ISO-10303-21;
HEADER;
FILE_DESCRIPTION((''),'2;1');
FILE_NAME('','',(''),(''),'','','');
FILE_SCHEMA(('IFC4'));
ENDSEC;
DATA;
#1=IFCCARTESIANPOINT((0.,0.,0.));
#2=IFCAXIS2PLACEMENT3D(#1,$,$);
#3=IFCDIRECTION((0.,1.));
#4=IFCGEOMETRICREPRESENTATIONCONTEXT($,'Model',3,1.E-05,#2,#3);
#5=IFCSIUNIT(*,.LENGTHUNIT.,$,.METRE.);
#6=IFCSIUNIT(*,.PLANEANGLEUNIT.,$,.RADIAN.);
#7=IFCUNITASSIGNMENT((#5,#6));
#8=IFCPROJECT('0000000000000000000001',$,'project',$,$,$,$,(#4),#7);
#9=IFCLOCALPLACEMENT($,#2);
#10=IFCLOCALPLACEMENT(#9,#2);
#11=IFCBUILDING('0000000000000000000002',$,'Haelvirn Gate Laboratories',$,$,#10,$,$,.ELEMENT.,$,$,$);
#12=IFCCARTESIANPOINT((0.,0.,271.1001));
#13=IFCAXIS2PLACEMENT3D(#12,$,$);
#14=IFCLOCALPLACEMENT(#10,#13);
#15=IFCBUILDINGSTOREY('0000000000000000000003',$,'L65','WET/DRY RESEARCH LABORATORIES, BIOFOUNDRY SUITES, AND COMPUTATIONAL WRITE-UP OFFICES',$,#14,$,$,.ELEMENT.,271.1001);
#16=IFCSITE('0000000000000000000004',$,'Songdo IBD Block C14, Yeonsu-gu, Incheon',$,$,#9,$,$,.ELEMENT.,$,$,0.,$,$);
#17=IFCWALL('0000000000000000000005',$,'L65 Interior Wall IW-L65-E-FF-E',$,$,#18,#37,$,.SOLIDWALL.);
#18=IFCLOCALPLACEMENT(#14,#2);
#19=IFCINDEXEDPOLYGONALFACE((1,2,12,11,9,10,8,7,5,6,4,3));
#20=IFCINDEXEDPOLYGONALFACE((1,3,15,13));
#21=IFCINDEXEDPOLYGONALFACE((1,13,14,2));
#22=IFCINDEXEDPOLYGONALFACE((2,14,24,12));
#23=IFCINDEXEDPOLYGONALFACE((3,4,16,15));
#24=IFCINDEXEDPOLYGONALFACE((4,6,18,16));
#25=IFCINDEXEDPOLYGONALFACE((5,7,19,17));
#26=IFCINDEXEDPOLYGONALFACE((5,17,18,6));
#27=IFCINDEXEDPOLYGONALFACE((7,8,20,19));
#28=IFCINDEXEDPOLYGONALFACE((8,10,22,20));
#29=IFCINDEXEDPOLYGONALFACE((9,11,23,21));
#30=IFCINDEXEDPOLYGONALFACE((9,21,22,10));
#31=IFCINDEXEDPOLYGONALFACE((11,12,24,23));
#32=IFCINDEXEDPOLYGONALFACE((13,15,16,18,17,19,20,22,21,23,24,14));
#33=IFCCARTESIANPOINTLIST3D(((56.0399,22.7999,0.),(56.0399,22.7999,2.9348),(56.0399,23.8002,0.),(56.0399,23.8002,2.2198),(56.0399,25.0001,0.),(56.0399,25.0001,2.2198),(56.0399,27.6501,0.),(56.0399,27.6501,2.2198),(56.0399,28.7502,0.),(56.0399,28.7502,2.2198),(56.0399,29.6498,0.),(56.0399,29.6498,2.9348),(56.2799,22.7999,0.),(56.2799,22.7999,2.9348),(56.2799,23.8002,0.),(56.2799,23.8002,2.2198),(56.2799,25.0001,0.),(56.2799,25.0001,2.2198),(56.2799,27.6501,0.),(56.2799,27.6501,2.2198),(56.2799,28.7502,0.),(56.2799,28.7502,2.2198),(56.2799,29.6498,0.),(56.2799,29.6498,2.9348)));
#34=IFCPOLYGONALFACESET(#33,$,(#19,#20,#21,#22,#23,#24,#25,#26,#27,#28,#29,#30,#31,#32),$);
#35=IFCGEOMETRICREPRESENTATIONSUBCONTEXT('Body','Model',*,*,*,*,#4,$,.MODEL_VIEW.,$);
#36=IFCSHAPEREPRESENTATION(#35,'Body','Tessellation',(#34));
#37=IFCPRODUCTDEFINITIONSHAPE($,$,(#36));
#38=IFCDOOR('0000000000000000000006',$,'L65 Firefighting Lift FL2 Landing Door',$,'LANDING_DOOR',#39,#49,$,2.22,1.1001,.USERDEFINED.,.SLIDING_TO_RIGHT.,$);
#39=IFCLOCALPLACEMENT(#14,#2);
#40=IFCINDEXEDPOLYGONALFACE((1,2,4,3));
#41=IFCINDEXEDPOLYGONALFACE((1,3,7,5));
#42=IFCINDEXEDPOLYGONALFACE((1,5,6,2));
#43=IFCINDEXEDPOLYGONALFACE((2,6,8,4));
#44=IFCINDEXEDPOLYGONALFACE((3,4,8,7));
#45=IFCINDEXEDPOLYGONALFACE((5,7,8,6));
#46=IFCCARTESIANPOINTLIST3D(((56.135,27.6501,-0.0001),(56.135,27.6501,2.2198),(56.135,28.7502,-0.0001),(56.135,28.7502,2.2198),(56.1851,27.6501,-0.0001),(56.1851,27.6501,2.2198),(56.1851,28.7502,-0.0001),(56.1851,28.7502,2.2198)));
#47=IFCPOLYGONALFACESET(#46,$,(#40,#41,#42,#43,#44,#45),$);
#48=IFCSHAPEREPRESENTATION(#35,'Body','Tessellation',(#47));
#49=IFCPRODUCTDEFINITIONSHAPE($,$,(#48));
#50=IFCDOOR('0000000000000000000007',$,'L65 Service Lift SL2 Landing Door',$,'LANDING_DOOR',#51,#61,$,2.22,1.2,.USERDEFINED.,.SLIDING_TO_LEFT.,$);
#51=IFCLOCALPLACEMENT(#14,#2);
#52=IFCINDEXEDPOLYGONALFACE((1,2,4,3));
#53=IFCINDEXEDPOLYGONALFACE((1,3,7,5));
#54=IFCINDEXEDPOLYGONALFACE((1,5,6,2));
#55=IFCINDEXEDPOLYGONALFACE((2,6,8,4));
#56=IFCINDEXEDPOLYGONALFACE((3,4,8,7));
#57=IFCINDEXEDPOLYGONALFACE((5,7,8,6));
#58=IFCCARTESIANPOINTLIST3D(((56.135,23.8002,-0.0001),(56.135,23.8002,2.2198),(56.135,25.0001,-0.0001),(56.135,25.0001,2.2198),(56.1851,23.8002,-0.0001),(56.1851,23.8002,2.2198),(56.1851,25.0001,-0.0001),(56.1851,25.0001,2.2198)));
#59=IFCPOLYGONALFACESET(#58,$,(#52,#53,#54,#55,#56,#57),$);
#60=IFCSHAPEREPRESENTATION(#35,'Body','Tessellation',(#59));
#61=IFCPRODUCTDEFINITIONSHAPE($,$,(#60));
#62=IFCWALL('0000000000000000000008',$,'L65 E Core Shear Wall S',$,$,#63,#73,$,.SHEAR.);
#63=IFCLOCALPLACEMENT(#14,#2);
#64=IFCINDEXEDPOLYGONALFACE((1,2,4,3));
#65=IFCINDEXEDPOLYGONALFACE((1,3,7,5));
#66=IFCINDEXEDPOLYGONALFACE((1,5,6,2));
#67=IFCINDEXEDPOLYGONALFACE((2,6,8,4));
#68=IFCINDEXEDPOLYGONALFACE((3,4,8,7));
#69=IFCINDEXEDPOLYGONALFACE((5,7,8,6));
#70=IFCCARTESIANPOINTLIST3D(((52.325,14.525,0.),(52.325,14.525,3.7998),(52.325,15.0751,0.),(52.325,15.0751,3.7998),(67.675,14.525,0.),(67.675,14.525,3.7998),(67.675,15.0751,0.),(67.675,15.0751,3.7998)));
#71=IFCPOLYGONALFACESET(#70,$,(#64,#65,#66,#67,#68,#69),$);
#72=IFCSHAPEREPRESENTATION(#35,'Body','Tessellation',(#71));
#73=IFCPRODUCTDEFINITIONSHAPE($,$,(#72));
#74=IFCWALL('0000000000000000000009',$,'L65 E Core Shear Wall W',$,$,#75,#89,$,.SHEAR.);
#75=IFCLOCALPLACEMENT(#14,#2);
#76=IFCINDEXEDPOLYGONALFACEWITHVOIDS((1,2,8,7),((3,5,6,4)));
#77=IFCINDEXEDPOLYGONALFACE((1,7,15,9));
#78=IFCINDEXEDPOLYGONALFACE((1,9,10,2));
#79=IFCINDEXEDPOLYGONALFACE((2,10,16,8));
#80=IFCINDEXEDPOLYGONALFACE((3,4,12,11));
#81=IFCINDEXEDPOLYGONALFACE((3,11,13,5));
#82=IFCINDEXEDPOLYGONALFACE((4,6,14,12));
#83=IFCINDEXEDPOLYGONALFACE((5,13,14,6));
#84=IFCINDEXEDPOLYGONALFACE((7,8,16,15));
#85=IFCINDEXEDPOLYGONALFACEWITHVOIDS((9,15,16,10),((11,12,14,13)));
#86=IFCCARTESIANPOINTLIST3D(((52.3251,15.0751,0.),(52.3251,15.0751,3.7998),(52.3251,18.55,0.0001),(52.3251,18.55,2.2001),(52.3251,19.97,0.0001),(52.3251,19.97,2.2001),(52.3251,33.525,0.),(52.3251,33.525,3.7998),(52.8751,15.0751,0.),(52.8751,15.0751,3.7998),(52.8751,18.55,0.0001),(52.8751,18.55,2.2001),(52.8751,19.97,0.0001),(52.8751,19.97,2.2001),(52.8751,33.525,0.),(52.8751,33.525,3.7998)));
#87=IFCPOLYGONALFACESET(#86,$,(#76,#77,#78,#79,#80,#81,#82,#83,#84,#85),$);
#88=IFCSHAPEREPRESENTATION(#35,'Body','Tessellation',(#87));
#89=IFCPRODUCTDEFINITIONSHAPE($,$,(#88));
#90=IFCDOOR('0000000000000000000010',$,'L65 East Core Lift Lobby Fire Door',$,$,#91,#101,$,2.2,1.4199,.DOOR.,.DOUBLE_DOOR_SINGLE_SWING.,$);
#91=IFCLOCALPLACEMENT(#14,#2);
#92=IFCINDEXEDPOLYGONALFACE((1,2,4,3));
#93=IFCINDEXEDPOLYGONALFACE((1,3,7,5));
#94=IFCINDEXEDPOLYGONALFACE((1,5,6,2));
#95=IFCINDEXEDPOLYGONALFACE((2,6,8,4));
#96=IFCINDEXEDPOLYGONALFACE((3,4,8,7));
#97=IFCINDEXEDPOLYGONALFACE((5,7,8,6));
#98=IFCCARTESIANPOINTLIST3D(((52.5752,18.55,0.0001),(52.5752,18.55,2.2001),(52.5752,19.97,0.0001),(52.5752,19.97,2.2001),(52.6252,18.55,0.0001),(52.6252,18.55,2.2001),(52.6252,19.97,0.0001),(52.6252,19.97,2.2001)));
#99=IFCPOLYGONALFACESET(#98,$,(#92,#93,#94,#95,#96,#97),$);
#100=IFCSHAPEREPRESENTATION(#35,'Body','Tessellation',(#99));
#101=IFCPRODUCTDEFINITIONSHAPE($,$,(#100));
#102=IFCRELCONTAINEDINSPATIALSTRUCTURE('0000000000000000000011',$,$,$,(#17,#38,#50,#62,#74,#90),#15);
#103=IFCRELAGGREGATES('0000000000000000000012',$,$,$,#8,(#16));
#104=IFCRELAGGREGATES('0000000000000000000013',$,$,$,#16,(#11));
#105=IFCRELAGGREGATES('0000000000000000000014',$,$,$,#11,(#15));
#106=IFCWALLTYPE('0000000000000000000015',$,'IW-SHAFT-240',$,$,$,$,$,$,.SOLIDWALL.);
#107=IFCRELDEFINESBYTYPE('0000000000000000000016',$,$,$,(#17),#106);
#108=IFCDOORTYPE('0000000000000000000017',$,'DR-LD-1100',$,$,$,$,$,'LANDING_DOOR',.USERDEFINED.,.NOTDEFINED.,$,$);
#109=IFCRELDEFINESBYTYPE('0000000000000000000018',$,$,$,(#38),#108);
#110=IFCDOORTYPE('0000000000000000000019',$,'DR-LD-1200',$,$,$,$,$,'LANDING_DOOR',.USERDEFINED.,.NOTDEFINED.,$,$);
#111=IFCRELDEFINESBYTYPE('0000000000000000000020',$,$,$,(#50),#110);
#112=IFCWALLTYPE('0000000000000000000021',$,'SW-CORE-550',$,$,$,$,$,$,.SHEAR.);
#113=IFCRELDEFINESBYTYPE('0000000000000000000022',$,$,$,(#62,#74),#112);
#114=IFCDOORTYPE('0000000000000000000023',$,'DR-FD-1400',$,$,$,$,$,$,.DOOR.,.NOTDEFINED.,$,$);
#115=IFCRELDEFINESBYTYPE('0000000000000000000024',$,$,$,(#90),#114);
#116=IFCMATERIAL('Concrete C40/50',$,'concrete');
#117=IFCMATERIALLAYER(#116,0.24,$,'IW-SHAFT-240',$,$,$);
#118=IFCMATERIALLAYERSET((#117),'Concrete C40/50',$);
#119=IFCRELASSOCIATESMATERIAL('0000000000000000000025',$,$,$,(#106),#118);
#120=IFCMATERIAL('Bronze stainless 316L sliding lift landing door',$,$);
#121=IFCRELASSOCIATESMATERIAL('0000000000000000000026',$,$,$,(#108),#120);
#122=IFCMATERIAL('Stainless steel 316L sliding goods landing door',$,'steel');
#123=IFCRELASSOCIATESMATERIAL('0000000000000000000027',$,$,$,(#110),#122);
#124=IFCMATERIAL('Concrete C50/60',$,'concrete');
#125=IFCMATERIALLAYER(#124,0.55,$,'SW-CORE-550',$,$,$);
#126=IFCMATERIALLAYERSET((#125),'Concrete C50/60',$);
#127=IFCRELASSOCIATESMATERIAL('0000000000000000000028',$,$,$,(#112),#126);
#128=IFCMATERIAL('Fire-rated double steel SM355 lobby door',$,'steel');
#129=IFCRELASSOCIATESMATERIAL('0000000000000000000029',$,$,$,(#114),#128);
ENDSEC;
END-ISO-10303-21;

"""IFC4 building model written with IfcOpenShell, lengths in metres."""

from ifc_helpers import new_model, si_unit, direction, frame, frame_2d, origin, place, context, subcontext, project, spatial, rectangle, extrude, source, transform, mapped, material, layer, layer_set, type_object, type_shapes, element, fill, save


model = new_model("IFC4")

# Units and contexts
model_context = context("Model", 3, precision=1e-05, world=origin(), true_north=direction((0.0, 1.0)))
body_context = subcontext(model_context, "Body", "Model", "MODEL_VIEW")
ifc_project = project(units=[si_unit("LENGTHUNIT", "METRE"), si_unit("PLANEANGLEUNIT", "RADIAN")], contexts=[model_context])

# Site, building, storey
site_placement = place(None, origin())
site = spatial("IfcSite", under=ifc_project, at=site_placement, Name="Songdo IBD Block C14, Yeonsu-gu, Incheon", CompositionType="ELEMENT", RefElevation=0.0)
building_placement = place(site_placement, origin())
building = spatial("IfcBuilding", under=site, at=building_placement, Name="Haelvirn Gate Laboratories", CompositionType="ELEMENT")
storey_placement = place(building_placement, frame((0.0, 0.0, 271.1001)))
storey = spatial("IfcBuildingStorey", under=building, at=storey_placement, Name="L65", Description="WET/DRY RESEARCH LABORATORIES, BIOFOUNDRY SUITES, AND COMPUTATIONAL WRITE-UP OFFICES", CompositionType="ELEMENT", Elevation=271.1001)

# Shared definitions
ifc_material_1 = material(Name="Concrete C50/60", Category="concrete")

# Shared definitions
ifc_material_2 = material(Name="Concrete C40/50", Category="concrete")

# Wall, openings, doors
ifc_layer_1 = layer(ifc_material_2, 0.24, Name="IW-SHAFT-240")
ifc_layer_set_1 = layer_set([ifc_layer_1], Name="Concrete C40/50")
wall_type_1 = type_object("IfcWallType", Name="IW-SHAFT-240", PredefinedType="SOLIDWALL", material=ifc_layer_set_1)
wall_1_placement = place(storey_placement, frame((56.1599, 22.8, 0.0), z_axis=(0.0, 0.0, 1.0), x_axis=(0.0, 1.0, 0.0)))
wall_1 = element("IfcWall", 1, at=wall_1_placement, inside=storey, type_object=wall_type_1, Name="L65 Interior Wall IW-L65-E-FF-E", PredefinedType="SOLIDWALL", context=body_context, shape_type="SweptSolid", body=[
    extrude(rectangle(XDim=6.8499, YDim=0.24, at=frame_2d((3.4248, 0.0))), origin(), (0.0, 0.0, 1.0), 2.9348),
])
opening_1_placement = place(wall_1_placement, frame((4.8501, 0.0, 0.0)))
opening_1 = element("IfcOpeningElement", 2, at=opening_1_placement, cuts=wall_1, PredefinedType="OPENING", context=body_context, shape_type="SweptSolid", body=[
    extrude(rectangle(XDim=1.1001, YDim=2.22, at=frame_2d((0.55, 1.1099))), frame((0.0, 0.1299, 0.0), z_axis=(0.0, -1.0, 0.0), x_axis=(1.0, 0.0, 0.0)), (0.0, 0.0, 1.0), 0.26),
])
opening_2_placement = place(wall_1_placement, frame((1.0, 0.0, 0.0)))
opening_2 = element("IfcOpeningElement", 3, at=opening_2_placement, cuts=wall_1, PredefinedType="OPENING", context=body_context, shape_type="SweptSolid", body=[
    extrude(rectangle(XDim=1.2, YDim=2.22, at=frame_2d((0.6001, 1.1099))), frame((0.0, 0.1299, 0.0), z_axis=(0.0, -1.0, 0.0), x_axis=(1.0, 0.0, 0.0)), (0.0, 0.0, 1.0), 0.26),
])
ifc_material_3 = material(Name="Bronze stainless 316L sliding lift landing door")
door_type_1 = type_object("IfcDoorType", Name="DR-LD-1100", ElementType="LANDING_DOOR", OperationType="NOTDEFINED", PredefinedType="USERDEFINED", material=ifc_material_3)
shared_shape_1 = source(origin(), body_context, "Body", "SweptSolid", [
    extrude(rectangle(XDim=1.1001, YDim=2.22, at=frame_2d((0.55, 1.1099))), frame((0.0, 0.0249, 0.0), z_axis=(0.0, -1.0, 0.0), x_axis=(1.0, 0.0, 0.0)), (0.0, 0.0, 1.0), 0.05),
])
type_shapes(door_type_1, [shared_shape_1])
door_1_placement = place(opening_1_placement, origin())
door_1 = element("IfcDoor", 4, at=door_1_placement, inside=storey, type_object=door_type_1, Name="L65 Firefighting Lift FL2 Landing Door", ObjectType="LANDING_DOOR", OperationType="SLIDING_TO_RIGHT", OverallHeight=2.22, OverallWidth=1.1001, PredefinedType="USERDEFINED", context=body_context, shape_type="MappedRepresentation", body=[
    mapped(shared_shape_1, transform((0.0, 0.0, 0.0), scale=1.0)),
])
fill(opening_1, door_1)
ifc_material_4 = material(Name="Stainless steel 316L sliding goods landing door", Category="steel")
door_type_2 = type_object("IfcDoorType", Name="DR-LD-1200", ElementType="LANDING_DOOR", OperationType="NOTDEFINED", PredefinedType="USERDEFINED", material=ifc_material_4)
shared_shape_2 = source(origin(), body_context, "Body", "SweptSolid", [
    extrude(rectangle(XDim=1.2, YDim=2.22, at=frame_2d((0.6001, 1.1099))), frame((0.0, 0.0249, 0.0), z_axis=(0.0, -1.0, 0.0), x_axis=(1.0, 0.0, 0.0)), (0.0, 0.0, 1.0), 0.05),
])
type_shapes(door_type_2, [shared_shape_2])
door_2_placement = place(opening_2_placement, origin())
door_2 = element("IfcDoor", 5, at=door_2_placement, inside=storey, type_object=door_type_2, Name="L65 Service Lift SL2 Landing Door", ObjectType="LANDING_DOOR", OperationType="SLIDING_TO_LEFT", OverallHeight=2.22, OverallWidth=1.2, PredefinedType="USERDEFINED", context=body_context, shape_type="MappedRepresentation", body=[
    mapped(shared_shape_2, transform((0.0, 0.0, 0.0), scale=1.0)),
])
fill(opening_2, door_2)

# Wall
ifc_layer_2 = layer(ifc_material_1, 0.55, Name="SW-CORE-550")
ifc_layer_set_2 = layer_set([ifc_layer_2], Name="Concrete C50/60")
wall_type_2 = type_object("IfcWallType", Name="SW-CORE-550", PredefinedType="SHEAR", material=ifc_layer_set_2)
wall_2_placement = place(storey_placement, frame((52.325, 14.8, 0.0), z_axis=(0.0, 0.0, 1.0), x_axis=(1.0, 0.0, 0.0)))
element("IfcWall", 6, at=wall_2_placement, inside=storey, type_object=wall_type_2, Name="L65 E Core Shear Wall S", PredefinedType="SHEAR", context=body_context, shape_type="SweptSolid", body=[
    extrude(rectangle(XDim=15.3501, YDim=0.55, at=frame_2d((7.675, 0.0))), origin(), (0.0, 0.0, 1.0), 3.7998),
])

# Wall, opening, door
wall_3_placement = place(storey_placement, frame((52.6001, 15.075, 0.0), z_axis=(0.0, 0.0, 1.0), x_axis=(0.0, 1.0, 0.0)))
wall_3 = element("IfcWall", 7, at=wall_3_placement, inside=storey, type_object=wall_type_2, Name="L65 E Core Shear Wall W", PredefinedType="SHEAR", context=body_context, shape_type="SweptSolid", body=[
    extrude(rectangle(XDim=18.45, YDim=0.55, at=frame_2d((9.2251, 0.0))), origin(), (0.0, 0.0, 1.0), 3.7998),
])
opening_3_placement = place(wall_3_placement, frame((3.4751, 0.0, 0.0)))
opening_3 = element("IfcOpeningElement", 8, at=opening_3_placement, cuts=wall_3, PredefinedType="OPENING", context=body_context, shape_type="SweptSolid", body=[
    extrude(rectangle(XDim=1.4199, YDim=2.2, at=frame_2d((0.71, 1.1001))), frame((0.0, 0.2852, 0.0), z_axis=(0.0, -1.0, 0.0), x_axis=(1.0, 0.0, 0.0)), (0.0, 0.0, 1.0), 0.5701),
])
ifc_material_5 = material(Name="Fire-rated double steel SM355 lobby door", Category="steel")
door_type_3 = type_object("IfcDoorType", Name="DR-FD-1400", OperationType="NOTDEFINED", PredefinedType="DOOR", material=ifc_material_5)
shared_shape_3 = source(origin(), body_context, "Body", "SweptSolid", [
    extrude(rectangle(XDim=1.4199, YDim=2.2, at=frame_2d((0.71, 1.1001))), frame((0.0, 0.0249, 0.0), z_axis=(0.0, -1.0, 0.0), x_axis=(1.0, 0.0, 0.0)), (0.0, 0.0, 1.0), 0.05),
])
type_shapes(door_type_3, [shared_shape_3])
door_3_placement = place(opening_3_placement, origin())
door_3 = element("IfcDoor", 9, at=door_3_placement, inside=storey, type_object=door_type_3, Name="L65 East Core Lift Lobby Fire Door", OperationType="DOUBLE_DOOR_SINGLE_SWING", OverallHeight=2.2, OverallWidth=1.4199, PredefinedType="DOOR", context=body_context, shape_type="MappedRepresentation", body=[
    mapped(shared_shape_3, transform((0.0, 0.0, 0.0), scale=1.0)),
])
fill(opening_3, door_3)

save(model, "model.ifc")
